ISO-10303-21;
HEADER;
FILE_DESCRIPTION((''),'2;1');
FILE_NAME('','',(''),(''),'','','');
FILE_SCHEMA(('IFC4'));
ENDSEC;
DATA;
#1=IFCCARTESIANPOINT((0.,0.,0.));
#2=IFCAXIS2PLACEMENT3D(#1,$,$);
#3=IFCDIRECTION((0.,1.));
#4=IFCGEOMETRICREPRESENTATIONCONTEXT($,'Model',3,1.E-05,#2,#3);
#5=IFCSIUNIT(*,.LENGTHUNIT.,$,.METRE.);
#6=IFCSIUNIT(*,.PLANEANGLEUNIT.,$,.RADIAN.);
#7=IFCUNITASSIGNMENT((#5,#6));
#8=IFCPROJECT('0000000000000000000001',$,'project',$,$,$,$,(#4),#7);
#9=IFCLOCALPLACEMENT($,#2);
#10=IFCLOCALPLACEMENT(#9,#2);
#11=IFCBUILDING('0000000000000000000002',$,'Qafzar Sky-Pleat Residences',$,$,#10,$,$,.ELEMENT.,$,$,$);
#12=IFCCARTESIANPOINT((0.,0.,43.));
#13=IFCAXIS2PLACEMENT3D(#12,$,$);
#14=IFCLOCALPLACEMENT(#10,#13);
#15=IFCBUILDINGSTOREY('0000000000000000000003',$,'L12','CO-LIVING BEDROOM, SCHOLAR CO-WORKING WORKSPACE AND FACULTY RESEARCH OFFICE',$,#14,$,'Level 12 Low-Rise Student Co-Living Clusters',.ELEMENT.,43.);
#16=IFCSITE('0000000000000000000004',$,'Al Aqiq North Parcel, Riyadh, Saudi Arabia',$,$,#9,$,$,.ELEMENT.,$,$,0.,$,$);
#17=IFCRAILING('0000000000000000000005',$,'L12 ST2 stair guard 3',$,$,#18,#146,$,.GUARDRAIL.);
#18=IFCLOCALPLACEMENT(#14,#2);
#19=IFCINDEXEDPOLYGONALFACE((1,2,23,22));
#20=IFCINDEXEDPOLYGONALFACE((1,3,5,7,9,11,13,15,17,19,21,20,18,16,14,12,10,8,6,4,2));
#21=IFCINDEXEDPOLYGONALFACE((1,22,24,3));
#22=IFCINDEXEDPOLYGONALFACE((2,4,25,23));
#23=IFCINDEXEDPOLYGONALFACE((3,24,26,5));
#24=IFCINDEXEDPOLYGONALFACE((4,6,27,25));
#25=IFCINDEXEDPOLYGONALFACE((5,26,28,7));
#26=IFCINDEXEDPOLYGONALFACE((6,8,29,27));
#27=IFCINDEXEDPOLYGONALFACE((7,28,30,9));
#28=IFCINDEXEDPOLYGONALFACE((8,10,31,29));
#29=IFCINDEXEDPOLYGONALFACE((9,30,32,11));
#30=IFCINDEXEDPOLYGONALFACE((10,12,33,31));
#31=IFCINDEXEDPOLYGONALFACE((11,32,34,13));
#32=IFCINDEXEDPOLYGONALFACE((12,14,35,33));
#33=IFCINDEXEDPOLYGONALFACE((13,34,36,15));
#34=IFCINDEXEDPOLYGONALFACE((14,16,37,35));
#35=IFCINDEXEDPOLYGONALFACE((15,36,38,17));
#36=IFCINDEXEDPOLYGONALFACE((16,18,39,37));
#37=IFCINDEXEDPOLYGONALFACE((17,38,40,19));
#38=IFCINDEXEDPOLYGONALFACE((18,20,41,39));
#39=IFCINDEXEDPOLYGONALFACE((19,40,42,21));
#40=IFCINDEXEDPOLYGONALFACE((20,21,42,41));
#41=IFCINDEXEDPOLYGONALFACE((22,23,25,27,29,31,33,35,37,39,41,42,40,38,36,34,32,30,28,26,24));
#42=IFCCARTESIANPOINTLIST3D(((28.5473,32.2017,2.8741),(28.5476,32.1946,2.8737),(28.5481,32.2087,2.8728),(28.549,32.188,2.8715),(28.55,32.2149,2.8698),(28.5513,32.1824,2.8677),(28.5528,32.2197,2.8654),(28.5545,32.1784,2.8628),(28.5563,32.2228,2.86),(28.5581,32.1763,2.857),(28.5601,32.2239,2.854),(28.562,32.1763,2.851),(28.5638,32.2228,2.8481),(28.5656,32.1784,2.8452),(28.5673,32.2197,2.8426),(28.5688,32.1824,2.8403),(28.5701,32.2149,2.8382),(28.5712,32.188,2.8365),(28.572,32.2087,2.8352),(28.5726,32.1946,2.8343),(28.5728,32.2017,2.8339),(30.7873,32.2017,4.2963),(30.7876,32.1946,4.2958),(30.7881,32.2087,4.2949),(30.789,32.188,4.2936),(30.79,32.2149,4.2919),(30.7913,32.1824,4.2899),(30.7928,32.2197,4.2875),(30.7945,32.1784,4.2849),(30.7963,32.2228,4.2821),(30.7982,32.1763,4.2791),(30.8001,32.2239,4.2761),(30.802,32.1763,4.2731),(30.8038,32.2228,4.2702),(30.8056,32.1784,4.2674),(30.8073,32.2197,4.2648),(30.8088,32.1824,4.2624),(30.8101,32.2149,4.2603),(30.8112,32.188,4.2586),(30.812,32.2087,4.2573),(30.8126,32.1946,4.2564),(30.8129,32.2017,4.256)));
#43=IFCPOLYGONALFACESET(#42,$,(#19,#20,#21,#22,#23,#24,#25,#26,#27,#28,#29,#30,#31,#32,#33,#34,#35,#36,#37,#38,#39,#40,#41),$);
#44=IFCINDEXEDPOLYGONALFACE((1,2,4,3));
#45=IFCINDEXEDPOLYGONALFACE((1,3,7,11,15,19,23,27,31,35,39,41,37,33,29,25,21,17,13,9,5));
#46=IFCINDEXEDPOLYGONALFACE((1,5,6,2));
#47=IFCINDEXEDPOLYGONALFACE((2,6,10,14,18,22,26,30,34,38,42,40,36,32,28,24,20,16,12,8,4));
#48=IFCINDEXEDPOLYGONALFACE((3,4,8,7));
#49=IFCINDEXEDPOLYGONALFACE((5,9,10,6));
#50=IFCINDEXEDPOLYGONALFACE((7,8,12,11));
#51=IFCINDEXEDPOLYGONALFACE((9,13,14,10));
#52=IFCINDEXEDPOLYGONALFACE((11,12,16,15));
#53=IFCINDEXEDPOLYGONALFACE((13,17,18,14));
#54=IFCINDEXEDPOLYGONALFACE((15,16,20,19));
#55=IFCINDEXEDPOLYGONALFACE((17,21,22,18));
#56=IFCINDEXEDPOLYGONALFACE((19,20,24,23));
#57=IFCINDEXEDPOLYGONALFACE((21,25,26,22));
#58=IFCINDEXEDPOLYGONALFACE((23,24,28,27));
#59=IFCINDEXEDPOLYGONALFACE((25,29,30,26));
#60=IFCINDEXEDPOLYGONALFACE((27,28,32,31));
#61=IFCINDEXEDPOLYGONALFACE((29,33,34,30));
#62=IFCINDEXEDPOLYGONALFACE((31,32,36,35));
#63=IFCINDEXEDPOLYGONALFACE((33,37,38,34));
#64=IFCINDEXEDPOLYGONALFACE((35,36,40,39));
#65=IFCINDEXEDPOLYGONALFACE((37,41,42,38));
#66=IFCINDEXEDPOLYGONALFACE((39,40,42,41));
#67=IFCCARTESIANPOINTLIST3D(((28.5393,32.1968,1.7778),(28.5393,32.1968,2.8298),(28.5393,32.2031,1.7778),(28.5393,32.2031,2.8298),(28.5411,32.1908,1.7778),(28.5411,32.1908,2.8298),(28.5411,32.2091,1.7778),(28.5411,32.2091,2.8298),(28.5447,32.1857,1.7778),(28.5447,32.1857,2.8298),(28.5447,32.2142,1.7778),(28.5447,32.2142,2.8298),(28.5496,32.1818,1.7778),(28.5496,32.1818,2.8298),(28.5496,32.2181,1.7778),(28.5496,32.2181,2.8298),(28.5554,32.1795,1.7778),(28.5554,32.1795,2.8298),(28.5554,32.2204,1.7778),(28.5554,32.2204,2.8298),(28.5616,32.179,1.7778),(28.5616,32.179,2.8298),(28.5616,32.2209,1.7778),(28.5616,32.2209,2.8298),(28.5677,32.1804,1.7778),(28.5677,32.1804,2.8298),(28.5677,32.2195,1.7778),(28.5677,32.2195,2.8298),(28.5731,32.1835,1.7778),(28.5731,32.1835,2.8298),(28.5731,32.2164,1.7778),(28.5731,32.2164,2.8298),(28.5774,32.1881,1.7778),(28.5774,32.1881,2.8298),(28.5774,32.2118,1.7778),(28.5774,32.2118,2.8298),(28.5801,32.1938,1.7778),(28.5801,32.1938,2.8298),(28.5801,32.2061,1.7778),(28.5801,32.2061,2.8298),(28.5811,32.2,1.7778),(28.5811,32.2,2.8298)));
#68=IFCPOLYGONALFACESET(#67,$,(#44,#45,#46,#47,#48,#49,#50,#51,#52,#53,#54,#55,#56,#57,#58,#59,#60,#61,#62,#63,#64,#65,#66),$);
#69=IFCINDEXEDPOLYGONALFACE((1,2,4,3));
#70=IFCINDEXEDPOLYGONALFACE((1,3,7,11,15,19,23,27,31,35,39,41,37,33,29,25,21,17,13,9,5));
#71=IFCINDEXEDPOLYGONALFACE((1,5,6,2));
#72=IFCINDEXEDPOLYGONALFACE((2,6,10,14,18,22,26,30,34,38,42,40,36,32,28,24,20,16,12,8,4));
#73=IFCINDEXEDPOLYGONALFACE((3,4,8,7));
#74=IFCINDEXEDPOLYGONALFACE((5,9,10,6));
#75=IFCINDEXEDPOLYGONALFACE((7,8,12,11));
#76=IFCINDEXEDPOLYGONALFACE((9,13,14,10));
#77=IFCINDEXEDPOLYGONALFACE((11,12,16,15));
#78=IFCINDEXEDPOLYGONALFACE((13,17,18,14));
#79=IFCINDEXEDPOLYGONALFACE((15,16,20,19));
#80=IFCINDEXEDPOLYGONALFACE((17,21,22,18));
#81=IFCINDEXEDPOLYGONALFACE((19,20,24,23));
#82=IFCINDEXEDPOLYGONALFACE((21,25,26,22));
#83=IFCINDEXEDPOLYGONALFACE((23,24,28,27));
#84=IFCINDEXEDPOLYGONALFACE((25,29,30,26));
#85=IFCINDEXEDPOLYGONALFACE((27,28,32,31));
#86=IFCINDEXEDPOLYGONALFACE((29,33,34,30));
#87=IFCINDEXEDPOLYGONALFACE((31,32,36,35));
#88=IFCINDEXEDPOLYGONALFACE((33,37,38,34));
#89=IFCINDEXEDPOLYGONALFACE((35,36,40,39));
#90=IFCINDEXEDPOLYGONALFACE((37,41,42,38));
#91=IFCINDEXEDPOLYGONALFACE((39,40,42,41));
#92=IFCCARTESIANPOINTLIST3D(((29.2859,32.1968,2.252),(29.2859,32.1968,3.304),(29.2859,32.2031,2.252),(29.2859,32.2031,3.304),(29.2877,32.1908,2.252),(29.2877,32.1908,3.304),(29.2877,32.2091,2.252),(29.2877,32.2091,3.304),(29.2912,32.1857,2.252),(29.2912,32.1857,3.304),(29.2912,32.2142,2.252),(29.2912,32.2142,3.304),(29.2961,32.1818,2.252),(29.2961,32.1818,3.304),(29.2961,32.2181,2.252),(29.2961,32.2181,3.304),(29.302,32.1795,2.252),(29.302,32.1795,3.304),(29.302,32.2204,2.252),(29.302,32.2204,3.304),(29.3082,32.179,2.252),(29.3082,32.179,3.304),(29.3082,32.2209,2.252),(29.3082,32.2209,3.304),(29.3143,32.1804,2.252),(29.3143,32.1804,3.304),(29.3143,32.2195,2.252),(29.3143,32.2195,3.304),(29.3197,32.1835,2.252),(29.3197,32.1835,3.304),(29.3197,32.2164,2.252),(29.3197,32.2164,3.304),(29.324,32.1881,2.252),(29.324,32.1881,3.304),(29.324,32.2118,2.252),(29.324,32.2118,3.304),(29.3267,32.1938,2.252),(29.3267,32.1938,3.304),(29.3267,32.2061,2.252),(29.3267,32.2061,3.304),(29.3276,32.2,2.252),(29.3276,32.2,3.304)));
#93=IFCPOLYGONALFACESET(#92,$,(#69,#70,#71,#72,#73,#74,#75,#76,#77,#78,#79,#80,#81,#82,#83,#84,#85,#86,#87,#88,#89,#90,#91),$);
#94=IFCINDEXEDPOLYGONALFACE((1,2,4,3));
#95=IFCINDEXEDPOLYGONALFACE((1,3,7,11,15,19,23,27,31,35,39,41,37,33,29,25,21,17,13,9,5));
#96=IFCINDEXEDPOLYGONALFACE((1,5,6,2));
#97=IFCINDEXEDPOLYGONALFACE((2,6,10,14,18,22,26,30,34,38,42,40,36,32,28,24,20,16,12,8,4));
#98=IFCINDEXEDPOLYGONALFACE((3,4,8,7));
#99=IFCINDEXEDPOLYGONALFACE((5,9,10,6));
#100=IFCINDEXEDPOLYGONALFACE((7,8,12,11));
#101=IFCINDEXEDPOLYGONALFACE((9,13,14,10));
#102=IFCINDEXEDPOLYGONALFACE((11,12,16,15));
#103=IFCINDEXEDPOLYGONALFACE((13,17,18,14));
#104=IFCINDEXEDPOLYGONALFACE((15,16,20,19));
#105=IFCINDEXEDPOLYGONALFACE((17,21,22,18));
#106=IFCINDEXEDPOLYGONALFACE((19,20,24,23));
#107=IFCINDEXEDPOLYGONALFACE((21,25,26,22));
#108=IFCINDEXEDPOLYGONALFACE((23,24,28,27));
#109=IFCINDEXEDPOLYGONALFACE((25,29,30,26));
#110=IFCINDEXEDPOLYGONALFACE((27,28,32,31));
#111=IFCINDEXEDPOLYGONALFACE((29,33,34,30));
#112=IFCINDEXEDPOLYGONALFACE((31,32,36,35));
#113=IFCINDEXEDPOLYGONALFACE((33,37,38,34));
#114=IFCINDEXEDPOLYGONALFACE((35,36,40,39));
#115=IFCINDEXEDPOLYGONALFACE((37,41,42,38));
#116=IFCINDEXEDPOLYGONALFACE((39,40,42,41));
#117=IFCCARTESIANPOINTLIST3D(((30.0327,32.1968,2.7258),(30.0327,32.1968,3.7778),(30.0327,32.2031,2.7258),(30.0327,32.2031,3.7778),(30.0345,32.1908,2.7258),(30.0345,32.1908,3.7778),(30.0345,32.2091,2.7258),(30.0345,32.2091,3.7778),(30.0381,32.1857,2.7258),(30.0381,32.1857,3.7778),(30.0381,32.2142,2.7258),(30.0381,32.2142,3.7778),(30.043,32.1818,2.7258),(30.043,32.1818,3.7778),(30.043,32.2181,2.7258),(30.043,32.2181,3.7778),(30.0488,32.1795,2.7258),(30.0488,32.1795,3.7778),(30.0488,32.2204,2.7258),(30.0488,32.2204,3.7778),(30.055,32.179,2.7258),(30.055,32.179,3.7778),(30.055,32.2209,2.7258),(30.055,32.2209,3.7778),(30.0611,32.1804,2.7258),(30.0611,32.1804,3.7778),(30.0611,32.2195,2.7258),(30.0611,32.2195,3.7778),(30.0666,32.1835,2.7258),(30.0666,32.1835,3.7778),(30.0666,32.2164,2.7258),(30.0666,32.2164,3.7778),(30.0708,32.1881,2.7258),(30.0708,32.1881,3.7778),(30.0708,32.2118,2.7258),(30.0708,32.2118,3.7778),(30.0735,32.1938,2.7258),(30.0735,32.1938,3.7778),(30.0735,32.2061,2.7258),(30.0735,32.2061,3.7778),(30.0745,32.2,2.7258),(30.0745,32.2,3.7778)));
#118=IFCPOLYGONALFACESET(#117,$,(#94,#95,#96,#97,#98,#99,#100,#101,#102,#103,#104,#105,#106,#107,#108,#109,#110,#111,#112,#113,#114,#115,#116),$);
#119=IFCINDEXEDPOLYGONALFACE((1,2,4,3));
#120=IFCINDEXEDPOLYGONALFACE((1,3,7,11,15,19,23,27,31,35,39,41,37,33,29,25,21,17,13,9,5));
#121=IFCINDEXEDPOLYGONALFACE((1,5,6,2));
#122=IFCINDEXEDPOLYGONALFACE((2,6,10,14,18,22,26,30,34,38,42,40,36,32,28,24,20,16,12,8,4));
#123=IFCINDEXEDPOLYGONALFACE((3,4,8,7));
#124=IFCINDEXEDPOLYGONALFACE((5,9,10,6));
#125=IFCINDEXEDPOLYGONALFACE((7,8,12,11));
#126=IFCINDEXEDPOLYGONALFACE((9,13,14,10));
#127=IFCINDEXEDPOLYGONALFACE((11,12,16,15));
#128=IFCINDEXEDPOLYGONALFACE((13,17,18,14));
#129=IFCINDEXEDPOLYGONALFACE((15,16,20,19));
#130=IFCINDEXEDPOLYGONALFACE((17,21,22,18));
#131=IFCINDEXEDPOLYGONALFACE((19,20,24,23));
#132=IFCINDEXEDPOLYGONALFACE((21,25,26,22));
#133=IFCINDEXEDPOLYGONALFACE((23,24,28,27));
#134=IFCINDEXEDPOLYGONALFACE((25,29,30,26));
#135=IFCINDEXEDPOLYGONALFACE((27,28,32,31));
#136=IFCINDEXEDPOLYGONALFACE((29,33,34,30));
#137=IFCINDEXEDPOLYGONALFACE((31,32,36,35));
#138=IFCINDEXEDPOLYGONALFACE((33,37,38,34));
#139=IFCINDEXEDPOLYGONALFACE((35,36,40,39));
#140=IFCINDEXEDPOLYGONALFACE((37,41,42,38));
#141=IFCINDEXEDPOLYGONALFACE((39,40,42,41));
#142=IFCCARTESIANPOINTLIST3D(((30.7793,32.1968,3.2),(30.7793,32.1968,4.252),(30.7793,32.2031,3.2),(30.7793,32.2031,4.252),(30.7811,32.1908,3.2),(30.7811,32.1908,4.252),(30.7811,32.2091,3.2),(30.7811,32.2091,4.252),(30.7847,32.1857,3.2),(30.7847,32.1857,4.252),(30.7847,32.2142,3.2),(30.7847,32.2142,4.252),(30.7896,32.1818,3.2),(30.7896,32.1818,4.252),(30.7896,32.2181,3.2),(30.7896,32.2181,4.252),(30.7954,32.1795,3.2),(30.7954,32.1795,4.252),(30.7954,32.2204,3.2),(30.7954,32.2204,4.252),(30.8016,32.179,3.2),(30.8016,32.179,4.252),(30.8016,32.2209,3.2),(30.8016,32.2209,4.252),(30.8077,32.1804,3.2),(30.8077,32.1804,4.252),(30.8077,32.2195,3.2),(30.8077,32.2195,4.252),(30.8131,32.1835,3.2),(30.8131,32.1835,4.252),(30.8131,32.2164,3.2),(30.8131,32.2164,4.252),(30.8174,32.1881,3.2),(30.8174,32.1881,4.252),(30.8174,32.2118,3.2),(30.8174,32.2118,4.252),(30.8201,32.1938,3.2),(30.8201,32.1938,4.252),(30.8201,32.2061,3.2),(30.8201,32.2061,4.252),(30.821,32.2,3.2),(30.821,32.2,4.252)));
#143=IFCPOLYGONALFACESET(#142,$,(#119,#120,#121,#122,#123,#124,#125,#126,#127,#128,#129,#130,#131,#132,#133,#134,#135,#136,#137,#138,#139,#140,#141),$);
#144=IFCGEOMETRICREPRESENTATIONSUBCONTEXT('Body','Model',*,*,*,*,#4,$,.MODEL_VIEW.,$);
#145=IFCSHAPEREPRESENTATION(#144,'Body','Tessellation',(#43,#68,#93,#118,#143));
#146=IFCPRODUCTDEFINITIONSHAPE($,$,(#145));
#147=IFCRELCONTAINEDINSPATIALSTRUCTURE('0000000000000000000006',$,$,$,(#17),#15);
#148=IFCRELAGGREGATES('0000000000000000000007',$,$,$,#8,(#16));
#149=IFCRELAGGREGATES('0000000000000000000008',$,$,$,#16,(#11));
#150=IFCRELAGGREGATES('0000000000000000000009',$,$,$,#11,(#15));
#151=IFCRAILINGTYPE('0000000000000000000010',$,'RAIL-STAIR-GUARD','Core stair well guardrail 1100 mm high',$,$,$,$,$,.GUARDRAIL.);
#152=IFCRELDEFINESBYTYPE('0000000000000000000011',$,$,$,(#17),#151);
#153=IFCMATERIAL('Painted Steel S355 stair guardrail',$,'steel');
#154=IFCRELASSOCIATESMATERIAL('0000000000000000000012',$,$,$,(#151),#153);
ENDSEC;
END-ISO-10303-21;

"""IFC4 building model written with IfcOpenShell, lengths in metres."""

from ifc_helpers import new_model, si_unit, direction, frame, origin, origin_2d, place, context, subcontext, project, spatial, circle, extrude, source, transform, mapped, material, type_object, element, save


model = new_model("IFC4")

# Units and contexts
model_context = context("Model", 3, precision=1e-05, world=origin(), true_north=direction((0.0, 1.0)))
body_context = subcontext(model_context, "Body", "Model", "MODEL_VIEW")
ifc_project = project(units=[si_unit("LENGTHUNIT", "METRE"), si_unit("PLANEANGLEUNIT", "RADIAN")], contexts=[model_context])

# Site, building, storey
site_placement = place(None, origin())
site = spatial("IfcSite", under=ifc_project, at=site_placement, Name="Al Aqiq North Parcel, Riyadh, Saudi Arabia", CompositionType="ELEMENT", RefElevation=0.0)
building_placement = place(site_placement, origin())
building = spatial("IfcBuilding", under=site, at=building_placement, Name="Qafzar Sky-Pleat Residences", CompositionType="ELEMENT")
storey_placement = place(building_placement, frame((0.0, 0.0, 43.0)))
storey = spatial("IfcBuildingStorey", under=building, at=storey_placement, Name="L12", Description="CO-LIVING BEDROOM, SCHOLAR CO-WORKING WORKSPACE AND FACULTY RESEARCH OFFICE", LongName="Level 12 Low-Rise Student Co-Living Clusters", CompositionType="ELEMENT", Elevation=43.0)

# Railing
ifc_material_1 = material(Name="Painted Steel S355 stair guardrail", Category="steel")
railing_type_1 = type_object("IfcRailingType", Name="RAIL-STAIR-GUARD", Description="Core stair well guardrail 1100 mm high", PredefinedType="GUARDRAIL", material=ifc_material_1)
shared_shape_1 = source(origin(), body_context, "Body", "SweptSolid", [
    extrude(circle(Radius=0.0239, at=origin_2d()), frame((0.0, 0.0, 1.0762), z_axis=(0.844229, 0.0, 0.535982), x_axis=(0.0, 1.0, 0.0)), (0.0, 0.0, 1.0), 2.6533),
    extrude(circle(Radius=0.021, at=origin_2d()), origin(), (0.0, 0.0, 1.0), 1.052),
    extrude(circle(Radius=0.021, at=origin_2d()), frame((0.7466, 0.0, 0.4741)), (0.0, 0.0, 1.0), 1.052),
    extrude(circle(Radius=0.021, at=origin_2d()), frame((1.4934, 0.0, 0.948)), (0.0, 0.0, 1.0), 1.052),
    extrude(circle(Radius=0.021, at=origin_2d()), frame((2.24, 0.0, 1.4221)), (0.0, 0.0, 1.0), 1.052),
])
railing_1_placement = place(storey_placement, frame((28.5601, 32.2, 1.7778)))
element("IfcRailing", 1, at=railing_1_placement, inside=storey, type_object=railing_type_1, Name="L12 ST2 stair guard 3", PredefinedType="GUARDRAIL", context=body_context, shape_type="MappedRepresentation", body=[
    mapped(shared_shape_1, transform((0.0, 0.0, 0.0), x_axis=(1.0, 0.0, 0.0), y_axis=(0.0, 1.0, 0.0), z_axis=(0.0, 0.0, 1.0), scale=1.0)),
])

save(model, "model.ifc")
